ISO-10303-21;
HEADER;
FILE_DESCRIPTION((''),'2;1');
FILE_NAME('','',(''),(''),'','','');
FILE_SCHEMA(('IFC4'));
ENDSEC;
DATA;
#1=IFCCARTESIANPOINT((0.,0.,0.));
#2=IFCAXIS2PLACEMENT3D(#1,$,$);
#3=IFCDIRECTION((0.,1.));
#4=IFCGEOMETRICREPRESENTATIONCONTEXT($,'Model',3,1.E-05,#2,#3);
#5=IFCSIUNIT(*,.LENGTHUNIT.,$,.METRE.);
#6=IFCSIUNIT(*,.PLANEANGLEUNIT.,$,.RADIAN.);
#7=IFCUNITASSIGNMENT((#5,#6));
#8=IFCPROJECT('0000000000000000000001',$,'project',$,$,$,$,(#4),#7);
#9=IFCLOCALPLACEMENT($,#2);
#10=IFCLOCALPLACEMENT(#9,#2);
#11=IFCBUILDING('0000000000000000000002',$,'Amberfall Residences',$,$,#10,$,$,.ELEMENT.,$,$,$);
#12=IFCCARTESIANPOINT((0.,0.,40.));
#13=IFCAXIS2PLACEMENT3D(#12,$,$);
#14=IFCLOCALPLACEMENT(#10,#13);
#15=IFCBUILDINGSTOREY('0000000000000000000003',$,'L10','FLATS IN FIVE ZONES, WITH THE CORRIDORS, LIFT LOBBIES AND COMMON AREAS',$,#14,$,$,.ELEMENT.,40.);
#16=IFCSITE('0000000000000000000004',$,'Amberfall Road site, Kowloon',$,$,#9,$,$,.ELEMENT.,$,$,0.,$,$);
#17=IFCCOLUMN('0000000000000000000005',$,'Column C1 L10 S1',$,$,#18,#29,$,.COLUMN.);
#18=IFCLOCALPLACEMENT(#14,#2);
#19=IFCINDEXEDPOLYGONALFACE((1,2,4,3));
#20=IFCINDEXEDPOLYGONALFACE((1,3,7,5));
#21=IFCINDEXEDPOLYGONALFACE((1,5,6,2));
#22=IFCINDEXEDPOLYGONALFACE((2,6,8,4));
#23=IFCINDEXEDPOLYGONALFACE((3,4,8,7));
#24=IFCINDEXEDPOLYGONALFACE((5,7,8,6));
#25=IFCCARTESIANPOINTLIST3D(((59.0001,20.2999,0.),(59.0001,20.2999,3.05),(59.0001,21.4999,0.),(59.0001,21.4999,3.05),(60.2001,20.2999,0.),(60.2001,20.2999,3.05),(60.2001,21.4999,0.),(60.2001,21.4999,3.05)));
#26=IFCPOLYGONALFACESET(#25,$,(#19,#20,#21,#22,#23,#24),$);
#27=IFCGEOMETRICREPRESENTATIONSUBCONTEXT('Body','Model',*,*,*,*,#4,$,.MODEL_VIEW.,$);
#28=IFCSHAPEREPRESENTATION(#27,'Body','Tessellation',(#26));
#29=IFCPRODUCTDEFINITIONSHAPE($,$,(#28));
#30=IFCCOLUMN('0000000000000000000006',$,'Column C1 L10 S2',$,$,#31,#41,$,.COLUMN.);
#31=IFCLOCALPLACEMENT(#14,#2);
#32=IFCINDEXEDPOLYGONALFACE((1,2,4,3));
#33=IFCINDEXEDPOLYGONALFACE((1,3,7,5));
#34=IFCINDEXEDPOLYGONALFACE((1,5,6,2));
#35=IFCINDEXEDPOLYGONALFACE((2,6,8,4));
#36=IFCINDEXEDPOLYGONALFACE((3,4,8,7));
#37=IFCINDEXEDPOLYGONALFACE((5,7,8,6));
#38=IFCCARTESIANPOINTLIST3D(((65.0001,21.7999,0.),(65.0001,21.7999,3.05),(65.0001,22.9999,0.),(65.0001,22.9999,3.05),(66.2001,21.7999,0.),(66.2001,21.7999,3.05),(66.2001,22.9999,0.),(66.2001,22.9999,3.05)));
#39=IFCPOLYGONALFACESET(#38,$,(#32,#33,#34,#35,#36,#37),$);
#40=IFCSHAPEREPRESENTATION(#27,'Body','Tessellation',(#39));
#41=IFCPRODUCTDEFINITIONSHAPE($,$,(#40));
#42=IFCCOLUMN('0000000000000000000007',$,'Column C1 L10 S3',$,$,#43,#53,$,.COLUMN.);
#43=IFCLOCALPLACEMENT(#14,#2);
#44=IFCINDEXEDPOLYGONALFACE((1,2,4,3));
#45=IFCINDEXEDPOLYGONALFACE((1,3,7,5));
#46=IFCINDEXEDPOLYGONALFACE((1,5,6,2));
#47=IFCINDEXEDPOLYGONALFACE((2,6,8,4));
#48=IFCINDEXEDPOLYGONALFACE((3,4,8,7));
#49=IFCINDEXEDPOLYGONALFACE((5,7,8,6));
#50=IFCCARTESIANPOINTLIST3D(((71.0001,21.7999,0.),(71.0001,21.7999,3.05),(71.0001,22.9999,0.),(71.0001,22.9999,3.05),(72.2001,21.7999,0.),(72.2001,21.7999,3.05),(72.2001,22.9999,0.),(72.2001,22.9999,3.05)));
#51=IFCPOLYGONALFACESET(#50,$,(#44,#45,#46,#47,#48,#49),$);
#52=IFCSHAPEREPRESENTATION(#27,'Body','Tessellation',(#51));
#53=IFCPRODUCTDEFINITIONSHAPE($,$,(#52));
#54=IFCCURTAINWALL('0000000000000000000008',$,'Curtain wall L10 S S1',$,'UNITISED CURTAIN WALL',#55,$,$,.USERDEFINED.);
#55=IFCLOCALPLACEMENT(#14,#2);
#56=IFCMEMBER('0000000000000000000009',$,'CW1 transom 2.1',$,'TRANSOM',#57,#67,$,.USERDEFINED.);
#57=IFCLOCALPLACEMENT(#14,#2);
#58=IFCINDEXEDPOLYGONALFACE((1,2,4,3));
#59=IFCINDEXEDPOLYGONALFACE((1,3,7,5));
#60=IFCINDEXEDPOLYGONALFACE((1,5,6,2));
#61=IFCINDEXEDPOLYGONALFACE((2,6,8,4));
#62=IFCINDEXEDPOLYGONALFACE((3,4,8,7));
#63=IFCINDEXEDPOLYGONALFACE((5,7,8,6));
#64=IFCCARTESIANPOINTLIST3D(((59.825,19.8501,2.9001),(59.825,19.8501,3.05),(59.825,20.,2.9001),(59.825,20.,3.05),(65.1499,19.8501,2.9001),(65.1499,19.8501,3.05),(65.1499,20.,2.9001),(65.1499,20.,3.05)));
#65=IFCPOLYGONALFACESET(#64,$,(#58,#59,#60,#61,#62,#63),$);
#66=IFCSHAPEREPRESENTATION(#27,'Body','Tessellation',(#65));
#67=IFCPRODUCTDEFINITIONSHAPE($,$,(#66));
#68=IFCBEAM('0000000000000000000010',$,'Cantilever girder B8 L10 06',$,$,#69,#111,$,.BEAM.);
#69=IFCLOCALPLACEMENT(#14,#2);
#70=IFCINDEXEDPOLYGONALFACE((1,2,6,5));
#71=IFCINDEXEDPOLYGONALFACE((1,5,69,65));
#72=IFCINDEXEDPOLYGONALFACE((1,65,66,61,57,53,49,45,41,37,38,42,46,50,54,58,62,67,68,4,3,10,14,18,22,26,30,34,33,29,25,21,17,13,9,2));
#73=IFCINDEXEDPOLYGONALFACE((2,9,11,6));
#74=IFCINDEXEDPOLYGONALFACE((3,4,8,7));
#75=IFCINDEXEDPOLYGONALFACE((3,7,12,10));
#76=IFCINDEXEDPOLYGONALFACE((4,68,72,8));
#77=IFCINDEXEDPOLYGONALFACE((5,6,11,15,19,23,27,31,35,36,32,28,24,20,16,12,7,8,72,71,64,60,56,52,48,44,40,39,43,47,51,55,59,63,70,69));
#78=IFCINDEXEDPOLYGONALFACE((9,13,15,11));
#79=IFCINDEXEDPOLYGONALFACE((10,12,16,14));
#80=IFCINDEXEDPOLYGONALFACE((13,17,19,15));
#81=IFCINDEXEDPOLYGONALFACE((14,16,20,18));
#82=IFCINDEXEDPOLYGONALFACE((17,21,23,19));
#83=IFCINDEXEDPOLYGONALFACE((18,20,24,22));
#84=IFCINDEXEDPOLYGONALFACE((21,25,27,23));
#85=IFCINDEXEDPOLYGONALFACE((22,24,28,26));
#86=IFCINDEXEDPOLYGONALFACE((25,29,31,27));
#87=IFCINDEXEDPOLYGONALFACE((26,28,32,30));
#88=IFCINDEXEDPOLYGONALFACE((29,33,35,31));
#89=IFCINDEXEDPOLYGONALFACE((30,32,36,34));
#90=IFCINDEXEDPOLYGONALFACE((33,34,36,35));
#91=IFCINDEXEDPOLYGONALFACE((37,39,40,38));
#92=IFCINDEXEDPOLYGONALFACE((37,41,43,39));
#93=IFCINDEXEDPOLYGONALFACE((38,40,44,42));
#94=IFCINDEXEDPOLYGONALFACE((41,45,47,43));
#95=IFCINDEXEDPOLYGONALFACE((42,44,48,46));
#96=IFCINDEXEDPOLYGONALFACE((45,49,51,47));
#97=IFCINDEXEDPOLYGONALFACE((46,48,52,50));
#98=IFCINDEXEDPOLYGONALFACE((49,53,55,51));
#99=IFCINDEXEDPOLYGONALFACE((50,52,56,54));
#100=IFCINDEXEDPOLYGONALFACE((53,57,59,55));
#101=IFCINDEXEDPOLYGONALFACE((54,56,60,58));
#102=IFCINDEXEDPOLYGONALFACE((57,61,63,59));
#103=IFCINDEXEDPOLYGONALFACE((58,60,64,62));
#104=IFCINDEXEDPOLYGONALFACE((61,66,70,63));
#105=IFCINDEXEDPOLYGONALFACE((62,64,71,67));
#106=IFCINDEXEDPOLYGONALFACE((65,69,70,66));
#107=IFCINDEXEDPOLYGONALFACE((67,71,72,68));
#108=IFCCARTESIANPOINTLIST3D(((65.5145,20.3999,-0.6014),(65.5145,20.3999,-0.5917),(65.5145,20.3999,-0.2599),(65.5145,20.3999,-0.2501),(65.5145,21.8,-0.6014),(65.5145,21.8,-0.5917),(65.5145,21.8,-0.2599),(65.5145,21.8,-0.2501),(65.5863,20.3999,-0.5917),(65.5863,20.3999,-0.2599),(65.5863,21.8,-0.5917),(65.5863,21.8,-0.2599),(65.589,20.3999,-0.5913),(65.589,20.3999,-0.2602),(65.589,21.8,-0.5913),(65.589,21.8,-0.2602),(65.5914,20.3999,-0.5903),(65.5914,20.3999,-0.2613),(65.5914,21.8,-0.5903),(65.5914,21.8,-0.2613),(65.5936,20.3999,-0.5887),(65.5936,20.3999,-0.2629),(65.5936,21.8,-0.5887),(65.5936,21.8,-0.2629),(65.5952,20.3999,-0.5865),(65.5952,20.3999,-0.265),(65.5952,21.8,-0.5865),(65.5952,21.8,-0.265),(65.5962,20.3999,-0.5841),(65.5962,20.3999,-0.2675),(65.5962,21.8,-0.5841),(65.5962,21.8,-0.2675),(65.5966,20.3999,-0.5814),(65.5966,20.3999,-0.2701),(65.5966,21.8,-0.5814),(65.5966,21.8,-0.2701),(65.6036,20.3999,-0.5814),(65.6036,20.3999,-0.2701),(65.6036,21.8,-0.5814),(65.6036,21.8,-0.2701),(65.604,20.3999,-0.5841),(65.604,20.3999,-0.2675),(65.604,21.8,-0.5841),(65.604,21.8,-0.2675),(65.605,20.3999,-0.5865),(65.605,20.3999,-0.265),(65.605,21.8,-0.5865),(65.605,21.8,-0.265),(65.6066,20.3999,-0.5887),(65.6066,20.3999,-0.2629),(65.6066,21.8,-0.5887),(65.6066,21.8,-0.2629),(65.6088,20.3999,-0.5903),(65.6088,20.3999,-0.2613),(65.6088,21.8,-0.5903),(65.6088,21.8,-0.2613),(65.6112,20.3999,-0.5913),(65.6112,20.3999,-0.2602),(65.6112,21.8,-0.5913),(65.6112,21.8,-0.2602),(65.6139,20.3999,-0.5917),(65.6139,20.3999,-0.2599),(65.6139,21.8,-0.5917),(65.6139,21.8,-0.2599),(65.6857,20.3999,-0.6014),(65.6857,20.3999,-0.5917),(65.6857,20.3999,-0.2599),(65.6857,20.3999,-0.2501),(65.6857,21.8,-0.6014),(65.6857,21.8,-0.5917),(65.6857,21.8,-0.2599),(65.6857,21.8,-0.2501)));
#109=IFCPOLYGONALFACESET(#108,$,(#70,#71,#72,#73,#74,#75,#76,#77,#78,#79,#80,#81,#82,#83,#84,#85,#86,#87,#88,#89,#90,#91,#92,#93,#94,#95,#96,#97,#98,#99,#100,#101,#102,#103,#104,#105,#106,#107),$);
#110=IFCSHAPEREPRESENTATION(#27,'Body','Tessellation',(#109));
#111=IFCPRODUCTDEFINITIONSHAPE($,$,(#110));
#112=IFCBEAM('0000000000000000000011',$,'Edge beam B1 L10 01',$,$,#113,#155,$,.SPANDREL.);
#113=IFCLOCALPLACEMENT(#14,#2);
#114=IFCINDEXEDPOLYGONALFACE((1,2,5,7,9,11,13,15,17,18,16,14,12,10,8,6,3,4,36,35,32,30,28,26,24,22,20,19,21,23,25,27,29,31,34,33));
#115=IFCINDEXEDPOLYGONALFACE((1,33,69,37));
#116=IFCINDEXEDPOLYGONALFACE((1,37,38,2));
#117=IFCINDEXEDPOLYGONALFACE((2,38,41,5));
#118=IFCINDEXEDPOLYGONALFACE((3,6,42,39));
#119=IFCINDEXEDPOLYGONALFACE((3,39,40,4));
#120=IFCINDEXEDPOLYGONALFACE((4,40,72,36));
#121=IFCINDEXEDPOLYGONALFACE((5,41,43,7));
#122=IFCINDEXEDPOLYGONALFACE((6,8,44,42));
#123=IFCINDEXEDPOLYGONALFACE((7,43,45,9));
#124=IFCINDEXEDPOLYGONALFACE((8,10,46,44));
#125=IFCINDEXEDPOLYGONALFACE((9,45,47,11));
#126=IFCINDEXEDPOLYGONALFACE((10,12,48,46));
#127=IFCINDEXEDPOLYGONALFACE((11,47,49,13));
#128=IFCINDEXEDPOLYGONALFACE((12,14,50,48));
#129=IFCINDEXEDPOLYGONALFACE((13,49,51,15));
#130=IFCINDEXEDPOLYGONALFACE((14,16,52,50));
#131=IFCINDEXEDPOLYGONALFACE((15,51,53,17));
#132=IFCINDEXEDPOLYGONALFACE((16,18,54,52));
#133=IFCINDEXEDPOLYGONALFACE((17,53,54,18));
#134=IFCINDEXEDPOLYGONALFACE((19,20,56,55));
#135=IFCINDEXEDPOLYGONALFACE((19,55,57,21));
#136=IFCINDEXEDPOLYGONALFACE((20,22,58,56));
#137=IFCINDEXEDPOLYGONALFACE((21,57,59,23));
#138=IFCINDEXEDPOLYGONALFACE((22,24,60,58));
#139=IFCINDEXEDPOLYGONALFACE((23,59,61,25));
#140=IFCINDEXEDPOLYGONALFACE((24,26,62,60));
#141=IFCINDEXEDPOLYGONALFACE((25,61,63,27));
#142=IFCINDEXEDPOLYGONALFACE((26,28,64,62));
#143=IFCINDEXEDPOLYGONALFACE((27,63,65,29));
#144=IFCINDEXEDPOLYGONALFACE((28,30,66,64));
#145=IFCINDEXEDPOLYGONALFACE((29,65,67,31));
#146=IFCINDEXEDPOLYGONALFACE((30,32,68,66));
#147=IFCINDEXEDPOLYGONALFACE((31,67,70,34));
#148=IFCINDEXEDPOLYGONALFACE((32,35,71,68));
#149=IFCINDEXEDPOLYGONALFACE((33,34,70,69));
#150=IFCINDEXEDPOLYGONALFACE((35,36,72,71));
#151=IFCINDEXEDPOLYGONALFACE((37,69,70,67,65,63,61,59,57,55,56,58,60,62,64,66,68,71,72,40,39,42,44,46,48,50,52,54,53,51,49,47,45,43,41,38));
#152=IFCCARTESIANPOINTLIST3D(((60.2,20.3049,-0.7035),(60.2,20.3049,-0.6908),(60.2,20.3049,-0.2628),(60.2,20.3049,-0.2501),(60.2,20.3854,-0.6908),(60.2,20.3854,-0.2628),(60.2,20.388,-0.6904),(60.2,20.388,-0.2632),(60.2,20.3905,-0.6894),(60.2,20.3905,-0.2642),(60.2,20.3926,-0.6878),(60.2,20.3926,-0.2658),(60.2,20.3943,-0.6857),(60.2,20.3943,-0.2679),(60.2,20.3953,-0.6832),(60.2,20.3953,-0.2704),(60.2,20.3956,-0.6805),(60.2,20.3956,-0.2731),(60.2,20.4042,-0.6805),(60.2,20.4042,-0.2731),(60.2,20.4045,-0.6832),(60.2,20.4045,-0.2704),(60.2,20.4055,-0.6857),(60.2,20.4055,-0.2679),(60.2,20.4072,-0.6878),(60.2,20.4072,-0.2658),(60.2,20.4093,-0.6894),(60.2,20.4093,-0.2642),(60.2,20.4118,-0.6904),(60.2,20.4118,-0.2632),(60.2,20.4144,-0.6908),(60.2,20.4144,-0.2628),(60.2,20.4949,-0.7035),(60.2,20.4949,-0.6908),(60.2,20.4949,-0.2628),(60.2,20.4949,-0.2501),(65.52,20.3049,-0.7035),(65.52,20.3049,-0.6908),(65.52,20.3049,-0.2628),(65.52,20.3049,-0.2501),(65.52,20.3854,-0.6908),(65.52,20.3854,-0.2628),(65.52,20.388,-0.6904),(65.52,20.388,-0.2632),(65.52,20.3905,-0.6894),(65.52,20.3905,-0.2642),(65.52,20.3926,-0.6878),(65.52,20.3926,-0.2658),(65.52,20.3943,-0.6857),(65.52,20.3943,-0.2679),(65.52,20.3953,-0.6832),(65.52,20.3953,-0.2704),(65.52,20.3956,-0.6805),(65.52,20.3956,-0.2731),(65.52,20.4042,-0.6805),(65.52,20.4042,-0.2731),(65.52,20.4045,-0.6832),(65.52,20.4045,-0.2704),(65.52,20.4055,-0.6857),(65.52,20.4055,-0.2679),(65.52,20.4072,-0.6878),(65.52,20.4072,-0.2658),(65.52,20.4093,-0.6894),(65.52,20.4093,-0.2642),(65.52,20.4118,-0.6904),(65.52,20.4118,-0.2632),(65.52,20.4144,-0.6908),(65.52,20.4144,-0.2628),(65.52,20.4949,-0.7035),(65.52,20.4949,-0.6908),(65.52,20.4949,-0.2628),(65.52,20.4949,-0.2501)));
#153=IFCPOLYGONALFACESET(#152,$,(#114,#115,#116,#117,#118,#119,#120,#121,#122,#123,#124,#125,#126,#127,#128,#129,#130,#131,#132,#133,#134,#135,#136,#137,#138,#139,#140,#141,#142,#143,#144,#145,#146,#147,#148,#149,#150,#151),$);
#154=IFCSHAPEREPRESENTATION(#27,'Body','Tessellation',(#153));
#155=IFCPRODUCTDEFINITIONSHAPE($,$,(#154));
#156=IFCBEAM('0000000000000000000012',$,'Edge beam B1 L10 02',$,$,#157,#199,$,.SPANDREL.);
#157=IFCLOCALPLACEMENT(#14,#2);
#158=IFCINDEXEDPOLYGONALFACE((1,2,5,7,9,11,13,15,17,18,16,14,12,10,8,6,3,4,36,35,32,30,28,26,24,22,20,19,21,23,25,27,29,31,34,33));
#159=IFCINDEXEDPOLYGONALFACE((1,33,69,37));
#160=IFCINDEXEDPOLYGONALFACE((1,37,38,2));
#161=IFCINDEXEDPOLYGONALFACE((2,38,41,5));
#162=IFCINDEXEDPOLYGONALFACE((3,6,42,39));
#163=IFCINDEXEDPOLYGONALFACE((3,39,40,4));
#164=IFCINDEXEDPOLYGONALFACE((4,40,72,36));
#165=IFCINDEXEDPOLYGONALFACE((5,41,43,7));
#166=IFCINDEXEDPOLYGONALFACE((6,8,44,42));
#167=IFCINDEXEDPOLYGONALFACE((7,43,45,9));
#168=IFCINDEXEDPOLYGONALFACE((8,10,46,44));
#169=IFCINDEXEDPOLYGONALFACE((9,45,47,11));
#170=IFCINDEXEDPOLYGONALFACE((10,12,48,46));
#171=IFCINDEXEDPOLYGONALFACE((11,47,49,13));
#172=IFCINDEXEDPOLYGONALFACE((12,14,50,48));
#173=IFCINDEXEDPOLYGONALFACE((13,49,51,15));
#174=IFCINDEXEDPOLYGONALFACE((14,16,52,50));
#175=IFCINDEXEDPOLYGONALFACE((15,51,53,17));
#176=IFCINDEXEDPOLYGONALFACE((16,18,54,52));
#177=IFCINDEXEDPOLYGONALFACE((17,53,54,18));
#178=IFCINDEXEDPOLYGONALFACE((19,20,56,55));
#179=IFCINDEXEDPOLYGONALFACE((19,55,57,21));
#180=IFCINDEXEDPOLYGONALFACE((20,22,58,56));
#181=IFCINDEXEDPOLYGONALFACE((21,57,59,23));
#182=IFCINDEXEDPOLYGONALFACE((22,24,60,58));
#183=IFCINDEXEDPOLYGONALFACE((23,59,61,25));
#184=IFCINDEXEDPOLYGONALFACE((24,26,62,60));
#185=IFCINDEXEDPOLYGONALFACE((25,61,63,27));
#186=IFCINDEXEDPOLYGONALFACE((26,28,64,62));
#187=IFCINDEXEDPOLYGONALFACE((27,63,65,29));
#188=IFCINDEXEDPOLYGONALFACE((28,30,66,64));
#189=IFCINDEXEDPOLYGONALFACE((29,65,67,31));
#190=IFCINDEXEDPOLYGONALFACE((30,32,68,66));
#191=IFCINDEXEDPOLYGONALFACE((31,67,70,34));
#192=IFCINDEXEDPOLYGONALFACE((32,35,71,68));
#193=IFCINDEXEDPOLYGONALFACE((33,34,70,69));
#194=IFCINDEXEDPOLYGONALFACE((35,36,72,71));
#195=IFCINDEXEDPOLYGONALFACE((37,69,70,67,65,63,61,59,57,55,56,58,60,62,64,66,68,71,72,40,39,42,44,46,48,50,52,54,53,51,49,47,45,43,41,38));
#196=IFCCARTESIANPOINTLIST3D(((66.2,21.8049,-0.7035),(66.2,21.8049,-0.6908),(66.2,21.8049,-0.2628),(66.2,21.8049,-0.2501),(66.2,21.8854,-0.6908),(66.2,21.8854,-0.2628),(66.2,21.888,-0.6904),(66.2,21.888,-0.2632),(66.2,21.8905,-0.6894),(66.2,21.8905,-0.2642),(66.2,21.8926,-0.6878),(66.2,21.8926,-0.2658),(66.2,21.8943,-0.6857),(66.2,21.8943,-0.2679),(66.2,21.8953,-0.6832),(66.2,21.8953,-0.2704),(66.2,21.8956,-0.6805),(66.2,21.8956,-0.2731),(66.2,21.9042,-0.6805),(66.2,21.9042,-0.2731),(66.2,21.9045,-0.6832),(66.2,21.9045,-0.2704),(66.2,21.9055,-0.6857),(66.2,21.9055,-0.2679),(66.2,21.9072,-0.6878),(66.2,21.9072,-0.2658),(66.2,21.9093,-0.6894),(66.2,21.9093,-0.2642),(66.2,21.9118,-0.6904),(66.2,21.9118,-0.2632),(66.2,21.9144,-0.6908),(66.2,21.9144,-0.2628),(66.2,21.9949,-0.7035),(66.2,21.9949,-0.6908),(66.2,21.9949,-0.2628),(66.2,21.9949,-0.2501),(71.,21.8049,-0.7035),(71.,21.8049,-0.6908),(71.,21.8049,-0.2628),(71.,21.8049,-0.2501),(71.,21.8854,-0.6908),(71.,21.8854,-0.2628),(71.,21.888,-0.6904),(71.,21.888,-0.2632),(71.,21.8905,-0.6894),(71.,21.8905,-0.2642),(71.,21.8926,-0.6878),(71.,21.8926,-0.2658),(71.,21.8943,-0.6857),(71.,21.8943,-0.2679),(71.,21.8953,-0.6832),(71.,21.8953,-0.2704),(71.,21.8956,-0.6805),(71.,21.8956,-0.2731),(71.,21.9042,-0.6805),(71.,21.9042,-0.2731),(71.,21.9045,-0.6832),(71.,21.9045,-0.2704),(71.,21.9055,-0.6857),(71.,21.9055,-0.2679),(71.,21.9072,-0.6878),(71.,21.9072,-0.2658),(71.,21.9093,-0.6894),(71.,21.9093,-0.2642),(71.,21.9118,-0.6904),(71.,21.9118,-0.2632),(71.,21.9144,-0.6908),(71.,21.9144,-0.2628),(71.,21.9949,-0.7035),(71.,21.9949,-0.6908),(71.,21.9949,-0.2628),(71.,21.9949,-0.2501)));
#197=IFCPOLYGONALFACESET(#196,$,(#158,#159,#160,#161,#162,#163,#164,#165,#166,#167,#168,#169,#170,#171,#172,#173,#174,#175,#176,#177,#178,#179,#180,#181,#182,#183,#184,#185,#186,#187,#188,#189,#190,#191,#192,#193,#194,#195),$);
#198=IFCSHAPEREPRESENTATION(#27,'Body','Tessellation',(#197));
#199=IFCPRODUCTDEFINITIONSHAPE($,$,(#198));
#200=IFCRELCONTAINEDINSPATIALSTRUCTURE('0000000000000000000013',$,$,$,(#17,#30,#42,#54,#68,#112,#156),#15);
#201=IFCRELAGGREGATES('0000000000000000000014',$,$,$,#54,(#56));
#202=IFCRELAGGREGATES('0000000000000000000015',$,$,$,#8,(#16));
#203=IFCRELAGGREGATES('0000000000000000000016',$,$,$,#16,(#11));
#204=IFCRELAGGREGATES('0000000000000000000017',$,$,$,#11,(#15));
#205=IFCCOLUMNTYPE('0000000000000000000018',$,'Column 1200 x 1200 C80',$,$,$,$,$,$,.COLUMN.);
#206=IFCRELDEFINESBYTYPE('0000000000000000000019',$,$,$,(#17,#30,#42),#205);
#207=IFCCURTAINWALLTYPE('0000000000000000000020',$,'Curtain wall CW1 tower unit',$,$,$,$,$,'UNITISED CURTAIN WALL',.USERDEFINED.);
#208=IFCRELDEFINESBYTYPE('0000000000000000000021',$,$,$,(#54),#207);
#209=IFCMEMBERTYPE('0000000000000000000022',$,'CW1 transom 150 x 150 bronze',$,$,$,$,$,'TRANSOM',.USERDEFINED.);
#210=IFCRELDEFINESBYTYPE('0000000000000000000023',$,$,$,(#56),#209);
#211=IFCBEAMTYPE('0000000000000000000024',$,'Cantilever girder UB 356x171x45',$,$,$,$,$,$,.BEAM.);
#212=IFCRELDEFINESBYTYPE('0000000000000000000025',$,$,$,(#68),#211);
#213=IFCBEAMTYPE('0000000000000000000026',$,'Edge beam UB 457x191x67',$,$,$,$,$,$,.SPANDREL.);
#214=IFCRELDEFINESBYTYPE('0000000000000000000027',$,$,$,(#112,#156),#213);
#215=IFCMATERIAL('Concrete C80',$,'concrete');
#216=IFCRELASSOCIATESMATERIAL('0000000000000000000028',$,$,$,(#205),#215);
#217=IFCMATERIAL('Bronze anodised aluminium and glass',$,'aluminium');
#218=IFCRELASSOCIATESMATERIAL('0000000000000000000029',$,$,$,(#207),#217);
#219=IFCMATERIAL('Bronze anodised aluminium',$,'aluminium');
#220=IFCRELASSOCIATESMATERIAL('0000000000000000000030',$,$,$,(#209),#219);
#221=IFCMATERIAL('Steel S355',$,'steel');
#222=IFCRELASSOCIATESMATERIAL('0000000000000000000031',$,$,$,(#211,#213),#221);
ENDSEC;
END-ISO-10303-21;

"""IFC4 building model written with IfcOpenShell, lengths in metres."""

from ifc_helpers import new_model, si_unit, direction, frame, origin, origin_2d, place, context, subcontext, project, spatial, rectangle, i_section, extrude, material, material_profile, profile_set, type_object, element, aggregate, save


model = new_model("IFC4")

# Units and contexts
model_context = context("Model", 3, precision=1e-05, world=origin(), true_north=direction((0.0, 1.0)))
body_context = subcontext(model_context, "Body", "Model", "MODEL_VIEW")
ifc_project = project(units=[si_unit("LENGTHUNIT", "METRE"), si_unit("PLANEANGLEUNIT", "RADIAN")], contexts=[model_context])

# Site, building, storey
site_placement = place(None, origin())
site = spatial("IfcSite", under=ifc_project, at=site_placement, Name="Amberfall Road site, Kowloon", CompositionType="ELEMENT", RefElevation=0.0)
building_placement = place(site_placement, origin())
building = spatial("IfcBuilding", under=site, at=building_placement, Name="Amberfall Residences", CompositionType="ELEMENT")
storey_placement = place(building_placement, frame((0.0, 0.0, 40.0)))
storey = spatial("IfcBuildingStorey", under=building, at=storey_placement, Name="L10", Description="FLATS IN FIVE ZONES, WITH THE CORRIDORS, LIFT LOBBIES AND COMMON AREAS", CompositionType="ELEMENT", Elevation=40.0)

# Columns
ifc_material_1 = material(Name="Concrete C80", Category="concrete")
ifc_material_profile_1 = material_profile(ifc_material_1, rectangle(XDim=1.2, YDim=1.2, at=origin_2d()), Name="Column 1200 x 1200 C80")
ifc_profile_set_1 = profile_set([ifc_material_profile_1], Name="Concrete C80")
column_type = type_object("IfcColumnType", Name="Column 1200 x 1200 C80", PredefinedType="COLUMN", material=ifc_profile_set_1)
for number, where, z_axis, x_axis, name in (
    (1, (59.6001, 20.8999, 0.0), (0.0, 0.0, 1.0), (1.0, 0.0, 0.0), "Column C1 L10 S1"),
    (2, (65.6001, 22.3999, 0.0), (0.0, 0.0, 1.0), (1.0, 0.0, 0.0), "Column C1 L10 S2"),
    (3, (71.6001, 22.3999, 0.0), (0.0, 0.0, 1.0), (1.0, 0.0, 0.0), "Column C1 L10 S3"),
):
    element("IfcColumn", number, at=place(storey_placement, frame(where, z_axis=z_axis, x_axis=x_axis)), inside=storey, type_object=column_type, Name=name, PredefinedType="COLUMN", context=body_context, shape_type="SweptSolid", body=[
        extrude(rectangle(XDim=1.2, YDim=1.2, at=origin_2d()), origin(), (0.0, 0.0, 1.0), 3.05),
    ])

# Curtain wall, member
ifc_material_2 = material(Name="Bronze anodised aluminium and glass", Category="aluminium")
curtain_wall_type = type_object("IfcCurtainWallType", Name="Curtain wall CW1 tower unit", ElementType="UNITISED CURTAIN WALL", PredefinedType="USERDEFINED", material=ifc_material_2)
curtain_wall_placement = place(storey_placement, origin())
curtain_wall = element("IfcCurtainWall", 4, at=curtain_wall_placement, inside=storey, type_object=curtain_wall_type, Name="Curtain wall L10 S S1", ObjectType="UNITISED CURTAIN WALL", PredefinedType="USERDEFINED")
ifc_material_3 = material(Name="Bronze anodised aluminium", Category="aluminium")
ifc_material_profile_2 = material_profile(ifc_material_3, rectangle(XDim=0.1499, YDim=0.1499, at=origin_2d()), Name="CW1 transom 150 x 150 bronze")
ifc_profile_set_2 = profile_set([ifc_material_profile_2], Name="Bronze anodised aluminium")
member_type_1 = type_object("IfcMemberType", Name="CW1 transom 150 x 150 bronze", ElementType="TRANSOM", PredefinedType="USERDEFINED", material=ifc_profile_set_2)
member_1_placement = place(storey_placement, frame((59.825, 19.925, 2.9751), z_axis=(1.0, 0.0, 0.0), x_axis=(0.0, 1.0, 0.0)))
member_1 = element("IfcMember", 5, at=member_1_placement, type_object=member_type_1, Name="CW1 transom 2.1", ObjectType="TRANSOM", PredefinedType="USERDEFINED", context=body_context, shape_type="SweptSolid", body=[
    extrude(rectangle(XDim=0.1499, YDim=0.1499, at=origin_2d()), origin(), (0.0, 0.0, 1.0), 5.325),
])

# Beams
ifc_material_4 = material(Name="Steel S355", Category="steel")
ifc_material_profile_3 = material_profile(ifc_material_4, i_section(OverallWidth=0.1711, OverallDepth=0.3513, WebThickness=0.0071, FlangeThickness=0.0098, FilletRadius=0.0103, at=origin_2d()), Name="UB 356x171x45")
ifc_profile_set_3 = profile_set([ifc_material_profile_3], Name="Steel S355")
beam_type_1 = type_object("IfcBeamType", Name="Cantilever girder UB 356x171x45", PredefinedType="BEAM", material=ifc_profile_set_3)
beam_1_placement = place(storey_placement, frame((65.6001, 21.8, -0.4258), z_axis=(0.0, -1.0, 0.0), x_axis=(1.0, 0.0, 0.0)))
element("IfcBeam", 6, at=beam_1_placement, inside=storey, type_object=beam_type_1, Name="Cantilever girder B8 L10 06", PredefinedType="BEAM", context=body_context, shape_type="SweptSolid", body=[
    extrude(i_section(OverallWidth=0.1711, OverallDepth=0.3513, WebThickness=0.0071, FlangeThickness=0.0098, FilletRadius=0.0103, at=origin_2d()), origin(), (0.0, 0.0, 1.0), 1.4001),
])
ifc_material_profile_4 = material_profile(ifc_material_4, i_section(OverallWidth=0.1899, OverallDepth=0.4534, WebThickness=0.0085, FlangeThickness=0.0127, FilletRadius=0.0103, at=origin_2d()), Name="UB 457x191x67")
ifc_profile_set_4 = profile_set([ifc_material_profile_4], Name="Steel S355")
beam_type_2 = type_object("IfcBeamType", Name="Edge beam UB 457x191x67", PredefinedType="SPANDREL", material=ifc_profile_set_4)
beam_2_placement = place(storey_placement, frame((60.2, 20.3999, -0.4768), z_axis=(1.0, 0.0, 0.0), x_axis=(0.0, 1.0, 0.0)))
element("IfcBeam", 7, at=beam_2_placement, inside=storey, type_object=beam_type_2, Name="Edge beam B1 L10 01", PredefinedType="SPANDREL", context=body_context, shape_type="SweptSolid", body=[
    extrude(i_section(OverallWidth=0.1899, OverallDepth=0.4534, WebThickness=0.0085, FlangeThickness=0.0127, FilletRadius=0.0103, at=origin_2d()), origin(), (0.0, 0.0, 1.0), 5.3201),
])
beam_3_placement = place(storey_placement, frame((66.2, 21.8999, -0.4768), z_axis=(1.0, 0.0, 0.0), x_axis=(0.0, 1.0, 0.0)))
element("IfcBeam", 8, at=beam_3_placement, inside=storey, type_object=beam_type_2, Name="Edge beam B1 L10 02", PredefinedType="SPANDREL", context=body_context, shape_type="SweptSolid", body=[
    extrude(i_section(OverallWidth=0.1899, OverallDepth=0.4534, WebThickness=0.0085, FlangeThickness=0.0127, FilletRadius=0.0103, at=origin_2d()), origin(), (0.0, 0.0, 1.0), 4.8),
])

aggregate(curtain_wall, [member_1])

save(model, "model.ifc")
